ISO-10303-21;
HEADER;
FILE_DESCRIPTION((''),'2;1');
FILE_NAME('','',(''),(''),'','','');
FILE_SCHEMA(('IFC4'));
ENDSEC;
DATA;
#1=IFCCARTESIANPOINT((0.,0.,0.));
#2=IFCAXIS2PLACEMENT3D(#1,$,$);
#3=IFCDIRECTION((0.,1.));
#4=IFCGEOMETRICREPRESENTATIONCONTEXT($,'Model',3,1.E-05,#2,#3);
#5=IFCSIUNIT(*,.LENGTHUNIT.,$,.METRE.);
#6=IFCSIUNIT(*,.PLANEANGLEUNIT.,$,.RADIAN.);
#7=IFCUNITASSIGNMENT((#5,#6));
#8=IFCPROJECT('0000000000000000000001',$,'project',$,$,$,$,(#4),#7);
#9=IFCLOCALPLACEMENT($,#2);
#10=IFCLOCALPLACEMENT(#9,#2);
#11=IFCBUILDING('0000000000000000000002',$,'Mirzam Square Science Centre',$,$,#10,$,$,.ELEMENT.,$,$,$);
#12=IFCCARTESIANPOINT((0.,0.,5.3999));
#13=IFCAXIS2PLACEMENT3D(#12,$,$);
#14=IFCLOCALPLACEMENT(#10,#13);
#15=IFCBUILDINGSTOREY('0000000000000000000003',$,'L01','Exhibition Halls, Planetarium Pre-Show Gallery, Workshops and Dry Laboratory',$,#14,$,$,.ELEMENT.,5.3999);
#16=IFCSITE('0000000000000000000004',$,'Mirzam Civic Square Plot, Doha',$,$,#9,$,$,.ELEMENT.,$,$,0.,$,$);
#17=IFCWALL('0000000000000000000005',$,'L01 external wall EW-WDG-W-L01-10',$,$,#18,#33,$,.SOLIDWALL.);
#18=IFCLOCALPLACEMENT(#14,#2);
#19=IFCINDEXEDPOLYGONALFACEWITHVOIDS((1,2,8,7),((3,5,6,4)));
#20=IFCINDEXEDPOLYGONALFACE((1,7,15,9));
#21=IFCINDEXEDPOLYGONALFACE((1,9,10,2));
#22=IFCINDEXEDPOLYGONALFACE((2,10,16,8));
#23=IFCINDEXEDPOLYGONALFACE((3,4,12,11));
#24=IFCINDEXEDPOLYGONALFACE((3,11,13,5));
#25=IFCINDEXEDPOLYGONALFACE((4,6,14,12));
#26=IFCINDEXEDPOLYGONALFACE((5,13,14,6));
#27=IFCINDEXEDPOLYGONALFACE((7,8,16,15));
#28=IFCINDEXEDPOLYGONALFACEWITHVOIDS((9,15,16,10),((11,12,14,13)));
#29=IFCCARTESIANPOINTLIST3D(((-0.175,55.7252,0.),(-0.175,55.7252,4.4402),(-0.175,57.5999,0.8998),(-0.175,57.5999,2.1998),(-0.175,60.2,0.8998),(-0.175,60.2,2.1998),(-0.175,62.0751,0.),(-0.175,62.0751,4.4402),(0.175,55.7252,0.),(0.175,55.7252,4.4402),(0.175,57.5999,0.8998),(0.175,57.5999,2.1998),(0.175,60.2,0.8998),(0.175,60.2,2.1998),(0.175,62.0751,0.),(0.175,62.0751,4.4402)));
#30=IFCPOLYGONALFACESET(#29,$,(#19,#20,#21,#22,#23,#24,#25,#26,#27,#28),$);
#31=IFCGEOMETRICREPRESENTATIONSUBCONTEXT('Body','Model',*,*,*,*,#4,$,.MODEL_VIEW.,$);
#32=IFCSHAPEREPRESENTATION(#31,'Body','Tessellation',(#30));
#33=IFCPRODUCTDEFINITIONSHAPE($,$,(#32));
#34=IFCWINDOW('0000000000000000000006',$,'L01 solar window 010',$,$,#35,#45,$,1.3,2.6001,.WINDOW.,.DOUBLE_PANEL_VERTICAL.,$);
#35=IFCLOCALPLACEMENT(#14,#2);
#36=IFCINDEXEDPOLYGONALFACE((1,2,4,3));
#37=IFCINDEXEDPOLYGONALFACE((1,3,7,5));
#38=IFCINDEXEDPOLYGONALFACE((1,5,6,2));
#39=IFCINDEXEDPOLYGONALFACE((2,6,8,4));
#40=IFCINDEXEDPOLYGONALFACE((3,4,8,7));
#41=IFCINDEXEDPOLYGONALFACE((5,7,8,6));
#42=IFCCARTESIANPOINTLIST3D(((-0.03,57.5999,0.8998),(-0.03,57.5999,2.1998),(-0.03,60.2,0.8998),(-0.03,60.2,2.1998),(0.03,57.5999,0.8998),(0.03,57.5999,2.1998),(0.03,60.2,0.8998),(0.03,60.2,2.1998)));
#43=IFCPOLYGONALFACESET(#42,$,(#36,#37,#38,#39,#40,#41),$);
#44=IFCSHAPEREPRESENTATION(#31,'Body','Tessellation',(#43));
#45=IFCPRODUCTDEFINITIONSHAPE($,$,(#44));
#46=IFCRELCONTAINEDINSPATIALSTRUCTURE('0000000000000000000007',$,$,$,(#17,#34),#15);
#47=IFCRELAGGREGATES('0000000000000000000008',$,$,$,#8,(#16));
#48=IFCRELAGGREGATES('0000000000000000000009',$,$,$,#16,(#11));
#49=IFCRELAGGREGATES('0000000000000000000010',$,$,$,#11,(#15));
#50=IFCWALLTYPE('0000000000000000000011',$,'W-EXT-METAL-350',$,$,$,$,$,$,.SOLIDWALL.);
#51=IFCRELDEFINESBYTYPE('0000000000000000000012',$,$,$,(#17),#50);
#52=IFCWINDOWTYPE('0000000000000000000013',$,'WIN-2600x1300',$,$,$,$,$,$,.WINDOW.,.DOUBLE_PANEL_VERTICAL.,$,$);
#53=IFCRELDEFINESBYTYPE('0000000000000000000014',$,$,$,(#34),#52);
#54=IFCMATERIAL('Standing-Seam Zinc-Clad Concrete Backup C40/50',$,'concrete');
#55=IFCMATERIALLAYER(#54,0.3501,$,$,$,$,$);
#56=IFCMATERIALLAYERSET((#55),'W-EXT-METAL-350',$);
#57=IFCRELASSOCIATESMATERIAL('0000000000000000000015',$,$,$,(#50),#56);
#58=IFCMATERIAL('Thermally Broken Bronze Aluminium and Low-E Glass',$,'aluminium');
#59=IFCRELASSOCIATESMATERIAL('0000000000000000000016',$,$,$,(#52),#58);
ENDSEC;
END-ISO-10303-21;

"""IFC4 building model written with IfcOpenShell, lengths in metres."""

from ifc_helpers import new_model, si_unit, direction, frame, frame_2d, origin, place, context, subcontext, project, spatial, rectangle, extrude, material, layer, layer_set, type_object, element, fill, save


model = new_model("IFC4")

# Units and contexts
model_context = context("Model", 3, precision=1e-05, world=origin(), true_north=direction((0.0, 1.0)))
body_context = subcontext(model_context, "Body", "Model", "MODEL_VIEW")
ifc_project = project(units=[si_unit("LENGTHUNIT", "METRE"), si_unit("PLANEANGLEUNIT", "RADIAN")], contexts=[model_context])

# Site, building, storey
site_placement = place(None, origin())
site = spatial("IfcSite", under=ifc_project, at=site_placement, Name="Mirzam Civic Square Plot, Doha", CompositionType="ELEMENT", RefElevation=0.0)
building_placement = place(site_placement, origin())
building = spatial("IfcBuilding", under=site, at=building_placement, Name="Mirzam Square Science Centre", CompositionType="ELEMENT")
storey_placement = place(building_placement, frame((0.0, 0.0, 5.3999)))
storey = spatial("IfcBuildingStorey", under=building, at=storey_placement, Name="L01", Description="Exhibition Halls, Planetarium Pre-Show Gallery, Workshops and Dry Laboratory", CompositionType="ELEMENT", Elevation=5.3999)

# Wall, opening, window
ifc_material_1 = material(Name="Standing-Seam Zinc-Clad Concrete Backup C40/50", Category="concrete")
ifc_layer = layer(ifc_material_1, 0.3501)
ifc_layer_set = layer_set([ifc_layer], Name="W-EXT-METAL-350")
wall_type = type_object("IfcWallType", Name="W-EXT-METAL-350", PredefinedType="SOLIDWALL", material=ifc_layer_set)
wall_placement = place(storey_placement, frame((0.0, 62.075, 0.0), z_axis=(0.0, 0.0, 1.0), x_axis=(0.0, -1.0, 0.0)))
wall = element("IfcWall", 1, at=wall_placement, inside=storey, type_object=wall_type, Name="L01 external wall EW-WDG-W-L01-10", PredefinedType="SOLIDWALL", context=body_context, shape_type="SweptSolid", body=[
    extrude(rectangle(XDim=6.3499, YDim=0.3501, at=frame_2d((3.1748, 0.0))), origin(), (0.0, 0.0, 1.0), 4.4402),
])
opening_placement = place(wall_placement, frame((1.875, 0.0, 0.8999)))
opening = element("IfcOpeningElement", 2, at=opening_placement, cuts=wall, PredefinedType="OPENING", context=body_context, shape_type="SweptSolid", body=[
    extrude(rectangle(XDim=2.6001, YDim=1.3, at=frame_2d((1.3, 0.6499))), frame((0.0, 0.1851, 0.0), z_axis=(0.0, -1.0, 0.0), x_axis=(1.0, 0.0, 0.0)), (0.0, 0.0, 1.0), 0.3701),
])
ifc_material_2 = material(Name="Thermally Broken Bronze Aluminium and Low-E Glass", Category="aluminium")
window_type = type_object("IfcWindowType", Name="WIN-2600x1300", PartitioningType="DOUBLE_PANEL_VERTICAL", PredefinedType="WINDOW", material=ifc_material_2)
window_placement = place(opening_placement, origin())
window = element("IfcWindow", 3, at=window_placement, inside=storey, type_object=window_type, Name="L01 solar window 010", OverallHeight=1.3, OverallWidth=2.6001, PartitioningType="DOUBLE_PANEL_VERTICAL", PredefinedType="WINDOW", context=body_context, shape_type="SweptSolid", body=[
    extrude(rectangle(XDim=2.6001, YDim=1.3, at=frame_2d((1.3, 0.6499))), frame((0.0, 0.03, 0.0), z_axis=(0.0, -1.0, 0.0), x_axis=(1.0, 0.0, 0.0)), (0.0, 0.0, 1.0), 0.0601),
])
fill(opening, window)

save(model, "model.ifc")
